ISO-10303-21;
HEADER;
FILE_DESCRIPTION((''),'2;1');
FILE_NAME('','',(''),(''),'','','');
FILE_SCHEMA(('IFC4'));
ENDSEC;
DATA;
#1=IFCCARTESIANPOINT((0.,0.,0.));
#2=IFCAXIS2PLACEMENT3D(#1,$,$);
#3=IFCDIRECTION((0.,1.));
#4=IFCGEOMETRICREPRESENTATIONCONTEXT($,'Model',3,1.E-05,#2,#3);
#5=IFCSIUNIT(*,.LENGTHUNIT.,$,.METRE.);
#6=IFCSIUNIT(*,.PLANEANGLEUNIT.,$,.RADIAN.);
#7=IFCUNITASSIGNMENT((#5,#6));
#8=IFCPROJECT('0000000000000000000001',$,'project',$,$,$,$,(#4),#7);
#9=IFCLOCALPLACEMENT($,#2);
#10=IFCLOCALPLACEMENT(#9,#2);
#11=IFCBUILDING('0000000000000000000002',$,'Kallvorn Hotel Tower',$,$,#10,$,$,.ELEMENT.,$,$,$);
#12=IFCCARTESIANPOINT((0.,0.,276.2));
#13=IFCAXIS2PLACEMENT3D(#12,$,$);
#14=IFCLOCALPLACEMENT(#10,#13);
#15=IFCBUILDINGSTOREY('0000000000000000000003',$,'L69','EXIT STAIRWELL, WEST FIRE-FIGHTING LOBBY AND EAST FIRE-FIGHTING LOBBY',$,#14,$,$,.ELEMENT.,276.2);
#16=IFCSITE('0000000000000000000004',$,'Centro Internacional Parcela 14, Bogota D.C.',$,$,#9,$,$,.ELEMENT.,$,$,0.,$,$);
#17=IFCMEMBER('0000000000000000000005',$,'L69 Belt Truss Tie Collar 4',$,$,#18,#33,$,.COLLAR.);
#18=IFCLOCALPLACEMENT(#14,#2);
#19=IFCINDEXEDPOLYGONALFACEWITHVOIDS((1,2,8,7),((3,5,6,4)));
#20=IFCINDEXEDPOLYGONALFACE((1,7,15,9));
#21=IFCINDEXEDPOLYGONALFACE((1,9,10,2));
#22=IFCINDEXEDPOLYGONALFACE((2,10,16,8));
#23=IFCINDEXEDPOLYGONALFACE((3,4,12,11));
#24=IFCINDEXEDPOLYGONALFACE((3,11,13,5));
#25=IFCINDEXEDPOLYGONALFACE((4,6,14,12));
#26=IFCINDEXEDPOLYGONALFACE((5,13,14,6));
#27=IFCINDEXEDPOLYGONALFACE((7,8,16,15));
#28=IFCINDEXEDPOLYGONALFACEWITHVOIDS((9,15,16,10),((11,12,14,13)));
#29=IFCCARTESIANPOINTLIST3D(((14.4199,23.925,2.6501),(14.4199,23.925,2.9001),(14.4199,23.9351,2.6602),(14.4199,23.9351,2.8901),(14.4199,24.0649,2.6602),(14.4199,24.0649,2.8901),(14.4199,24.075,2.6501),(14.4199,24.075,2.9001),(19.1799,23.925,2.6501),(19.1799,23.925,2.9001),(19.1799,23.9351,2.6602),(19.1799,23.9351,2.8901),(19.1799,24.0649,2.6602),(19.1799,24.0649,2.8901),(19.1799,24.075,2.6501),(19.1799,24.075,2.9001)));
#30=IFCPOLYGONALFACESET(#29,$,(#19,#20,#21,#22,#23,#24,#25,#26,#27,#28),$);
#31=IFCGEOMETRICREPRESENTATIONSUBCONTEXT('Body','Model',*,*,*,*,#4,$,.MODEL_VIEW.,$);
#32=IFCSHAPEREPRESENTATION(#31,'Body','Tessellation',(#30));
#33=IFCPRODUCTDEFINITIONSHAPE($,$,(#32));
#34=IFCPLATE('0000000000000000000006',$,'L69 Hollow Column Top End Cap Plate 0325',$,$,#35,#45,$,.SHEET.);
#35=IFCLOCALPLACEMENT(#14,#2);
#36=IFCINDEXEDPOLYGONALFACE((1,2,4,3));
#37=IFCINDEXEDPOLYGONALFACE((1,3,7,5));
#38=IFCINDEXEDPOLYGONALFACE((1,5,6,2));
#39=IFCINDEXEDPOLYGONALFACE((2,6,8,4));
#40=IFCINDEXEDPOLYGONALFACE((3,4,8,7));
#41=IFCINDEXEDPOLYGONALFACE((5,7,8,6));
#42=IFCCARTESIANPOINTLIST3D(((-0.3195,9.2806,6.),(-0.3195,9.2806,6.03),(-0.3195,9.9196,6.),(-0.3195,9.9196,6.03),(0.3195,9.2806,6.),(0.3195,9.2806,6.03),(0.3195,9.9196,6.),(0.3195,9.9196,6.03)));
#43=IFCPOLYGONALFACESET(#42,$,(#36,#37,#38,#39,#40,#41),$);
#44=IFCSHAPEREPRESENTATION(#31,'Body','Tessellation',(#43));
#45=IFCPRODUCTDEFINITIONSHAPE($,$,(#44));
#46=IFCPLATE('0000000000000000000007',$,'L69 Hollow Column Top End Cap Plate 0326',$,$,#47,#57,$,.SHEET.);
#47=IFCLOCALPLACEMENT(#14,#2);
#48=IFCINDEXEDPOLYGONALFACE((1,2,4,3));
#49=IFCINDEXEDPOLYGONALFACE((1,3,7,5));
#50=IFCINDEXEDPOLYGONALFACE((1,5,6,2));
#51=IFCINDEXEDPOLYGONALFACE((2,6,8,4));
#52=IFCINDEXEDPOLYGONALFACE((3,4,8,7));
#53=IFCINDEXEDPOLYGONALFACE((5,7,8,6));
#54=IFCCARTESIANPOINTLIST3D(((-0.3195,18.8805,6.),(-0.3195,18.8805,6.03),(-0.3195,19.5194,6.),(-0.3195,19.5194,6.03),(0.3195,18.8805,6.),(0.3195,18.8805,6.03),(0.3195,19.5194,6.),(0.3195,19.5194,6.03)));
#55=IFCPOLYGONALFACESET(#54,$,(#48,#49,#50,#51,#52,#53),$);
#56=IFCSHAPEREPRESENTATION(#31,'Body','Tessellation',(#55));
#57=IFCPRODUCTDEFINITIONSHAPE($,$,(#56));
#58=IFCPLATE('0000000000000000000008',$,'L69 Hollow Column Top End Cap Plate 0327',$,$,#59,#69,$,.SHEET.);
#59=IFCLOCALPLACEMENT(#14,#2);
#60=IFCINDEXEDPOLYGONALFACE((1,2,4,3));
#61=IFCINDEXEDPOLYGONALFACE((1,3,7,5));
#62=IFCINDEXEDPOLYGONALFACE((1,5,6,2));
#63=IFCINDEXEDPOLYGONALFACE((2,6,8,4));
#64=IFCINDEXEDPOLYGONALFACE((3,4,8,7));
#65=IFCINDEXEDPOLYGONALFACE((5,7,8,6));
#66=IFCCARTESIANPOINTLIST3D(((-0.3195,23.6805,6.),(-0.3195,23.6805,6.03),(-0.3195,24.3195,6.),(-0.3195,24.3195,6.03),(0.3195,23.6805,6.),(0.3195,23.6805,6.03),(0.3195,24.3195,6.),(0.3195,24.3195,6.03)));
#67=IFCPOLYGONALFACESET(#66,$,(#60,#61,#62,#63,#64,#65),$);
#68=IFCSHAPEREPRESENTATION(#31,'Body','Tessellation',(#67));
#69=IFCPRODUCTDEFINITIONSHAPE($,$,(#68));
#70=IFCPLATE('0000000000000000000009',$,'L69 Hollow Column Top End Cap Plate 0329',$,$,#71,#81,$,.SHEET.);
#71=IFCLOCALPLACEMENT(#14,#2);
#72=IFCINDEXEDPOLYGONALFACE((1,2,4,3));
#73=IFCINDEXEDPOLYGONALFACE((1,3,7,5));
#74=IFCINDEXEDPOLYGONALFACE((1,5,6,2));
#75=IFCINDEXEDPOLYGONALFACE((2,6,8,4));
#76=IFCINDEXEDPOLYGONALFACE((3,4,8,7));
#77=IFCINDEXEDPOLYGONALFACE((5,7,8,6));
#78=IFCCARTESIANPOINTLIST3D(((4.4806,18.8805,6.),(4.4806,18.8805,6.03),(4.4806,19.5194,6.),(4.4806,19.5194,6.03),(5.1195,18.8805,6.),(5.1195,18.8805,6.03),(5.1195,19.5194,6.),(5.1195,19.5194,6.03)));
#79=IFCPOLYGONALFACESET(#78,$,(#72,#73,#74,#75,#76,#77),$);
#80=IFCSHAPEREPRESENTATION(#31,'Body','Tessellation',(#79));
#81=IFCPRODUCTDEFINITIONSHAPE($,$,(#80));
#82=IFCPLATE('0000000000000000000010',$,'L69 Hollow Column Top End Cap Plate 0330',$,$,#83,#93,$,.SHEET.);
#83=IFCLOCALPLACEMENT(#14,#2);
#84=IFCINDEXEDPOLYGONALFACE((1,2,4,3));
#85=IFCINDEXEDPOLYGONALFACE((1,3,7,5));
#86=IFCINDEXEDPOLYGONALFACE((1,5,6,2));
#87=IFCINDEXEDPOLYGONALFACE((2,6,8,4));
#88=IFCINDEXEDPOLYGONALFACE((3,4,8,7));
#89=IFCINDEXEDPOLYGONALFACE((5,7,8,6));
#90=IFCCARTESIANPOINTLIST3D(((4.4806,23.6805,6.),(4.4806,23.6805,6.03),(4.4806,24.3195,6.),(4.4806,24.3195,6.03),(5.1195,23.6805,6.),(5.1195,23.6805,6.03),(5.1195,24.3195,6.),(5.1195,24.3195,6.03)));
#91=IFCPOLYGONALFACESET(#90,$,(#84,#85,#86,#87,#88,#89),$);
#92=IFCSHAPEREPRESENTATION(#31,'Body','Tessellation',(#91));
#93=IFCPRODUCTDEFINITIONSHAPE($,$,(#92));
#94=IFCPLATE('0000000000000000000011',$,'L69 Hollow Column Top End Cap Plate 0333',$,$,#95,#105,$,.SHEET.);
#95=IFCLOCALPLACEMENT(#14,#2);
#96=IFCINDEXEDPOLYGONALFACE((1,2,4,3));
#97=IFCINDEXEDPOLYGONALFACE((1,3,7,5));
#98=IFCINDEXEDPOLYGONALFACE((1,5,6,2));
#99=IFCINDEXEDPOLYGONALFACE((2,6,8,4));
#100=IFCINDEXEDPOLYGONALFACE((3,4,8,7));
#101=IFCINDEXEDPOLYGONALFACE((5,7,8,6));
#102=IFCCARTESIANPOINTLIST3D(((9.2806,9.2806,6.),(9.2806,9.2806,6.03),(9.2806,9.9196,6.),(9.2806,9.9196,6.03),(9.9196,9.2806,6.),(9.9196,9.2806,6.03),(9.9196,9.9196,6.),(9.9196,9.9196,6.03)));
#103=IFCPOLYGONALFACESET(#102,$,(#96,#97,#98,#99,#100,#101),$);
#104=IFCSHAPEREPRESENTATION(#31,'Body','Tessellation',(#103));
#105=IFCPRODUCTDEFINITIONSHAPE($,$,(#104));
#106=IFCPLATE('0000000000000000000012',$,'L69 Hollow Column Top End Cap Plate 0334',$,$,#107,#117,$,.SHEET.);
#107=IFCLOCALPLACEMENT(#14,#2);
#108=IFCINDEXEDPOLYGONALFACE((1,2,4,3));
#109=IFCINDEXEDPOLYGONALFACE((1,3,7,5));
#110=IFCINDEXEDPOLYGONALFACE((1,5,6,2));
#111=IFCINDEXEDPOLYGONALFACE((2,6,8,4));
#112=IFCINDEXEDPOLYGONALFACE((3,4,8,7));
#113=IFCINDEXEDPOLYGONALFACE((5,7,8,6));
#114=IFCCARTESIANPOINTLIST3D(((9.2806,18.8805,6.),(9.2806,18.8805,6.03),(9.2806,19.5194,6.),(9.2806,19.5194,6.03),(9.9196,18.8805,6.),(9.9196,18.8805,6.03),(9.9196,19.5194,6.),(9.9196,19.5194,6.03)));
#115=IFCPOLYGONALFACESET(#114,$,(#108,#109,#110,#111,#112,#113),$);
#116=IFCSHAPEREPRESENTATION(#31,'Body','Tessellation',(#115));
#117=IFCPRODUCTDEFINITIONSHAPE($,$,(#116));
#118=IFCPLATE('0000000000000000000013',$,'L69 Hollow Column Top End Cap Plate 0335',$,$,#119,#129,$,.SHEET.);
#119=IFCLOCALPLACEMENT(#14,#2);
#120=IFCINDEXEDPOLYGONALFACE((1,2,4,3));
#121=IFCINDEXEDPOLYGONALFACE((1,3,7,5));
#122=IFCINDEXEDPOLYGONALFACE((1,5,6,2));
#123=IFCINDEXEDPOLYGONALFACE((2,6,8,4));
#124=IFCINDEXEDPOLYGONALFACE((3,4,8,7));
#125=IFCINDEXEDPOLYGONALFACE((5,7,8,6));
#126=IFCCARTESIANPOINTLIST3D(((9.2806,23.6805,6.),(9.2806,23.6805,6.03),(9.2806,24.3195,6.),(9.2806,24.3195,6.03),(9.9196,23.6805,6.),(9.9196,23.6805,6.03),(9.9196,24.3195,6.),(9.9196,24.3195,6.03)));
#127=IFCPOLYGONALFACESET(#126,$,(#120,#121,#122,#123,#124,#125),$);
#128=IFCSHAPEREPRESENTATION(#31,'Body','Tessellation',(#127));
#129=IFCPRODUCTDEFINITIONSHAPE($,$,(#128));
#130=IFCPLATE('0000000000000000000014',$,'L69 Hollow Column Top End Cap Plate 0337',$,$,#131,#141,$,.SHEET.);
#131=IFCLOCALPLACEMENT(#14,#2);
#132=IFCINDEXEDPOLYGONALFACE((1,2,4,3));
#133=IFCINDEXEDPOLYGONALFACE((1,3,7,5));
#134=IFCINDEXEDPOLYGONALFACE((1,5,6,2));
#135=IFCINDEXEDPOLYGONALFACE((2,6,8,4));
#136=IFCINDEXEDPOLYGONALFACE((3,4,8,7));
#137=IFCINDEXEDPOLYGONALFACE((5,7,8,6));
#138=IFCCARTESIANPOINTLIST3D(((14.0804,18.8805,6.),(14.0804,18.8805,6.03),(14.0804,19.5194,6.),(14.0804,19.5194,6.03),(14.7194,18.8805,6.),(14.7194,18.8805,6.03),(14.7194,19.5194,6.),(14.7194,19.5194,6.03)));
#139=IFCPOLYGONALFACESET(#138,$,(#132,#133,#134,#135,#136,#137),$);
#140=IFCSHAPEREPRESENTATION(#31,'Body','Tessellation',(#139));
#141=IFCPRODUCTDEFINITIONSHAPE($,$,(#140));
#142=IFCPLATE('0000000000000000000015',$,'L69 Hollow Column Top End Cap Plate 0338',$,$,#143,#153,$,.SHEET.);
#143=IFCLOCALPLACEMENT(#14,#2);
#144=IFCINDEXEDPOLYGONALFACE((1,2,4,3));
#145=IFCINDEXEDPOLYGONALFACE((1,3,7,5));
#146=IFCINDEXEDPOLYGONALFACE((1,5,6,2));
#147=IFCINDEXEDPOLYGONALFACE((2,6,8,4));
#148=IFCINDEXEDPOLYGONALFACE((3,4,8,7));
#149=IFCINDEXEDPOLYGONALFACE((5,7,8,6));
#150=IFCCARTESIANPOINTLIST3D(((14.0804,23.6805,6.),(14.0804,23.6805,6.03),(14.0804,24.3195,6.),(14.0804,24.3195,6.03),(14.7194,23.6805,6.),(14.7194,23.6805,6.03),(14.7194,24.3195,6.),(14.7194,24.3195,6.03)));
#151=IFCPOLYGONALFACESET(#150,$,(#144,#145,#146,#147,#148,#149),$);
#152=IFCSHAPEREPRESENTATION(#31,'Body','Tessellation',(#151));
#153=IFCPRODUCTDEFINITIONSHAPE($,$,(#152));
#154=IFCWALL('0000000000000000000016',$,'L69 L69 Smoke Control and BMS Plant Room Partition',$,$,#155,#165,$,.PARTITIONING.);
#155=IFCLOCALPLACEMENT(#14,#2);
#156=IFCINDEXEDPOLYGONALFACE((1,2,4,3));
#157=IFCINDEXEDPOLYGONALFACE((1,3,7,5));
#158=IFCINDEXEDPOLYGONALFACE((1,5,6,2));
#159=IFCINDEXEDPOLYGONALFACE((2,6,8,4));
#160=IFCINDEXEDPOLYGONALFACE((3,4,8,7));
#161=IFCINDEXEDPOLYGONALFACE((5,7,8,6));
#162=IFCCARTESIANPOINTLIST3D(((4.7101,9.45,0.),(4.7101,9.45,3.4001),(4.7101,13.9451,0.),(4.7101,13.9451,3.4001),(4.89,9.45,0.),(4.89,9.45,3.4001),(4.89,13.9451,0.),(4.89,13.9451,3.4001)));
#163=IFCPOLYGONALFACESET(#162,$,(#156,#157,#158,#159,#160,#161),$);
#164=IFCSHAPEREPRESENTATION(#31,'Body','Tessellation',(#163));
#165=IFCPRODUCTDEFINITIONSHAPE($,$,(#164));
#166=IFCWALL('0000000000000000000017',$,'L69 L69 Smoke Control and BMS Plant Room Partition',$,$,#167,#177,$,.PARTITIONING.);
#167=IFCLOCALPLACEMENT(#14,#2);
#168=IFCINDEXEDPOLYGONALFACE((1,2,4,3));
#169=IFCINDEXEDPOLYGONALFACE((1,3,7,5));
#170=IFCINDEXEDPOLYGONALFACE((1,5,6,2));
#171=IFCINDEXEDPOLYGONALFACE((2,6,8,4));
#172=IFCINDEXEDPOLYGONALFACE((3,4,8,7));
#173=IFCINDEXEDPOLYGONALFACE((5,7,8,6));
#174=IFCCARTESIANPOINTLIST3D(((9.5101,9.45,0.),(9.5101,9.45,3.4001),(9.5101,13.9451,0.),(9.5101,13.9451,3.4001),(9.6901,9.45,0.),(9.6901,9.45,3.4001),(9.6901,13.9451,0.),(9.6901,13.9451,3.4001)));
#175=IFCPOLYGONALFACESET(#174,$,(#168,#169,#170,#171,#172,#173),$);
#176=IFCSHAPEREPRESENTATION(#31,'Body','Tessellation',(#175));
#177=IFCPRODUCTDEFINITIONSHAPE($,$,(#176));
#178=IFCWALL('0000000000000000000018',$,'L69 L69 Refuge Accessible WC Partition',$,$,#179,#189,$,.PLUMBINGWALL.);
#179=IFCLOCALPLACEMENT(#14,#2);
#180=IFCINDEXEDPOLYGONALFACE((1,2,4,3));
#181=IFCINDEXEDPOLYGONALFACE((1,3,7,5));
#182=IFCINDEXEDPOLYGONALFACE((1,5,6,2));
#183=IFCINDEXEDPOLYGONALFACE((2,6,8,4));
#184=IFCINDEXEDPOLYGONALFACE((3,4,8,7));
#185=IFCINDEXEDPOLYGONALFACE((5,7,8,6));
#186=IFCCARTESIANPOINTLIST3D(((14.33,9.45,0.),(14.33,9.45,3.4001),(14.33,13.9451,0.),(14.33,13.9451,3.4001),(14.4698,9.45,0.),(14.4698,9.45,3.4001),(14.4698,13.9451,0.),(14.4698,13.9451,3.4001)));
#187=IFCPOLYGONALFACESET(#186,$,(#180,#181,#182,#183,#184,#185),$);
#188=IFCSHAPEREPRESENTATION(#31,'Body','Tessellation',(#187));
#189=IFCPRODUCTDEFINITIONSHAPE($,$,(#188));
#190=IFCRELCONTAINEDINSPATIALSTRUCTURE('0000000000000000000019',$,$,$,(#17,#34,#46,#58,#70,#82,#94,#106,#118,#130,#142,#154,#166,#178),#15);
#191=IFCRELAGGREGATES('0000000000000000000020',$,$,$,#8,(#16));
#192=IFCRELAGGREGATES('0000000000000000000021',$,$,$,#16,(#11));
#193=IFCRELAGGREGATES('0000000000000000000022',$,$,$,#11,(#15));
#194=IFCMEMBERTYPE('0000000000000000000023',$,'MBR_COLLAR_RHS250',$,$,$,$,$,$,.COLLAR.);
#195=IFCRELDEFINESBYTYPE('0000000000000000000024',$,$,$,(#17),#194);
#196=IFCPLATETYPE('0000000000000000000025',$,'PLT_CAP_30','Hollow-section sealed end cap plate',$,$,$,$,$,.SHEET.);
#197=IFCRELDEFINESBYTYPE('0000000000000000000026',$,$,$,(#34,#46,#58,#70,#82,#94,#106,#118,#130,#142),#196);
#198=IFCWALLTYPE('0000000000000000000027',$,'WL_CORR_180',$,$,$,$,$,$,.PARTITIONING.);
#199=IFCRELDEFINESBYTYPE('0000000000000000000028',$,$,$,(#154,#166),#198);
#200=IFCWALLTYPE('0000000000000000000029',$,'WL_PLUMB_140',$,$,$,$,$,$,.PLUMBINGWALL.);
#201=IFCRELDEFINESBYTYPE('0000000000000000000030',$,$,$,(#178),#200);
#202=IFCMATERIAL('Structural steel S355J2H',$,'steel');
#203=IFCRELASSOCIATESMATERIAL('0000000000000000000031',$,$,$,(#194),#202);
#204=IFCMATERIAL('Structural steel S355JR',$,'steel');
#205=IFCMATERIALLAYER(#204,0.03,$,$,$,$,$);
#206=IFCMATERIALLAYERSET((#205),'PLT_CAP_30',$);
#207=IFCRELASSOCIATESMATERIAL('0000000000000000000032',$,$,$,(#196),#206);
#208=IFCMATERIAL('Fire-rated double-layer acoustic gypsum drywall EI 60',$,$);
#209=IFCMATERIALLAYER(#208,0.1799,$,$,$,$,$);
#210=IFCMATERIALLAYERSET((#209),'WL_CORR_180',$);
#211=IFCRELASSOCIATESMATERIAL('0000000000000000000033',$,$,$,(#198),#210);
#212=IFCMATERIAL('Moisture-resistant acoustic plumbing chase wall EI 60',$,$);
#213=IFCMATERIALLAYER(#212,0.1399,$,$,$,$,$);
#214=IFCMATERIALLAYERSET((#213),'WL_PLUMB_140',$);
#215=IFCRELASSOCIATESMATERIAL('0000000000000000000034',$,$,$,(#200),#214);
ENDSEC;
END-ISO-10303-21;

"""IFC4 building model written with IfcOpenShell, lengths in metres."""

from ifc_helpers import new_model, si_unit, direction, frame, frame_2d, origin, origin_2d, place, context, subcontext, project, spatial, rectangle, hollow_rectangle, extrude, material, layer, layer_set, material_profile, profile_set, type_object, element, save


model = new_model("IFC4")

# Units and contexts
model_context = context("Model", 3, precision=1e-05, world=origin(), true_north=direction((0.0, 1.0)))
body_context = subcontext(model_context, "Body", "Model", "MODEL_VIEW")
ifc_project = project(units=[si_unit("LENGTHUNIT", "METRE"), si_unit("PLANEANGLEUNIT", "RADIAN")], contexts=[model_context])

# Site, building, storey
site_placement = place(None, origin())
site = spatial("IfcSite", under=ifc_project, at=site_placement, Name="Centro Internacional Parcela 14, Bogota D.C.", CompositionType="ELEMENT", RefElevation=0.0)
building_placement = place(site_placement, origin())
building = spatial("IfcBuilding", under=site, at=building_placement, Name="Kallvorn Hotel Tower", CompositionType="ELEMENT")
storey_placement = place(building_placement, frame((0.0, 0.0, 276.2)))
storey = spatial("IfcBuildingStorey", under=building, at=storey_placement, Name="L69", Description="EXIT STAIRWELL, WEST FIRE-FIGHTING LOBBY AND EAST FIRE-FIGHTING LOBBY", CompositionType="ELEMENT", Elevation=276.2)

# Member
ifc_material_1 = material(Name="Structural steel S355J2H", Category="steel")
ifc_material_profile_1 = material_profile(ifc_material_1, hollow_rectangle(XDim=0.1499, YDim=0.25, WallThickness=0.01, at=origin_2d()), Name="RHS 250x150x10")
ifc_profile_set_1 = profile_set([ifc_material_profile_1], Name="Structural steel S355J2H")
member_type_1 = type_object("IfcMemberType", Name="MBR_COLLAR_RHS250", PredefinedType="COLLAR", material=ifc_profile_set_1)
member_1_placement = place(storey_placement, frame((14.4199, 24.0, 2.7751), z_axis=(1.0, 0.0, 0.0), x_axis=(0.0, 1.0, 0.0)))
element("IfcMember", 1, at=member_1_placement, inside=storey, type_object=member_type_1, Name="L69 Belt Truss Tie Collar 4", PredefinedType="COLLAR", context=body_context, shape_type="SweptSolid", body=[
    extrude(hollow_rectangle(XDim=0.1499, YDim=0.25, WallThickness=0.01, at=origin_2d()), origin(), (0.0, 0.0, 1.0), 4.76),
])

# Plates
ifc_material_2 = material(Name="Structural steel S355JR", Category="steel")
ifc_layer_1 = layer(ifc_material_2, 0.03)
ifc_layer_set_1 = layer_set([ifc_layer_1], Name="PLT_CAP_30")
plate_type = type_object("IfcPlateType", Name="PLT_CAP_30", Description="Hollow-section sealed end cap plate", PredefinedType="SHEET", material=ifc_layer_set_1)
for number, where, z_axis, x_axis, name in (
    (2, (0.0, 9.6001, 6.0), (0.0, 0.0, 1.0), (1.0, 0.0, 0.0), "L69 Hollow Column Top End Cap Plate 0325"),
    (3, (0.0, 19.2, 6.0), (0.0, 0.0, 1.0), (1.0, 0.0, 0.0), "L69 Hollow Column Top End Cap Plate 0326"),
    (4, (0.0, 24.0, 6.0), (0.0, 0.0, 1.0), (1.0, 0.0, 0.0), "L69 Hollow Column Top End Cap Plate 0327"),
    (5, (4.8, 19.2, 6.0), (0.0, 0.0, 1.0), (1.0, 0.0, 0.0), "L69 Hollow Column Top End Cap Plate 0329"),
    (6, (4.8, 24.0, 6.0), (0.0, 0.0, 1.0), (1.0, 0.0, 0.0), "L69 Hollow Column Top End Cap Plate 0330"),
    (7, (9.6001, 9.6001, 6.0), (0.0, 0.0, 1.0), (1.0, 0.0, 0.0), "L69 Hollow Column Top End Cap Plate 0333"),
    (8, (9.6001, 19.2, 6.0), (0.0, 0.0, 1.0), (1.0, 0.0, 0.0), "L69 Hollow Column Top End Cap Plate 0334"),
    (9, (9.6001, 24.0, 6.0), (0.0, 0.0, 1.0), (1.0, 0.0, 0.0), "L69 Hollow Column Top End Cap Plate 0335"),
    (10, (14.3999, 19.2, 6.0), (0.0, 0.0, 1.0), (1.0, 0.0, 0.0), "L69 Hollow Column Top End Cap Plate 0337"),
    (11, (14.3999, 24.0, 6.0), (0.0, 0.0, 1.0), (1.0, 0.0, 0.0), "L69 Hollow Column Top End Cap Plate 0338"),
):
    element("IfcPlate", number, at=place(storey_placement, frame(where, z_axis=z_axis, x_axis=x_axis)), inside=storey, type_object=plate_type, Name=name, PredefinedType="SHEET", context=body_context, shape_type="SweptSolid", body=[
        extrude(rectangle(XDim=0.6389, YDim=0.6389, at=origin_2d()), origin(), (0.0, 0.0, 1.0), 0.03),
    ])

# Walls
ifc_material_3 = material(Name="Fire-rated double-layer acoustic gypsum drywall EI 60")
ifc_layer_2 = layer(ifc_material_3, 0.1799)
ifc_layer_set_2 = layer_set([ifc_layer_2], Name="WL_CORR_180")
wall_type_1 = type_object("IfcWallType", Name="WL_CORR_180", PredefinedType="PARTITIONING", material=ifc_layer_set_2)
for number, where, z_axis, x_axis, name in (
    (12, (4.8, 9.45, 0.0), (0.0, 0.0, 1.0), (0.0, 1.0, 0.0), "L69 L69 Smoke Control and BMS Plant Room Partition"),
    (13, (9.6001, 9.45, 0.0), (0.0, 0.0, 1.0), (0.0, 1.0, 0.0), "L69 L69 Smoke Control and BMS Plant Room Partition"),
):
    element("IfcWall", number, at=place(storey_placement, frame(where, z_axis=z_axis, x_axis=x_axis)), inside=storey, type_object=wall_type_1, Name=name, PredefinedType="PARTITIONING", context=body_context, shape_type="SweptSolid", body=[
        extrude(rectangle(XDim=4.4951, YDim=0.1799, at=frame_2d((2.2476, 0.0))), origin(), (0.0, 0.0, 1.0), 3.4001),
    ])
ifc_material_4 = material(Name="Moisture-resistant acoustic plumbing chase wall EI 60")
ifc_layer_3 = layer(ifc_material_4, 0.1399)
ifc_layer_set_3 = layer_set([ifc_layer_3], Name="WL_PLUMB_140")
wall_type_2 = type_object("IfcWallType", Name="WL_PLUMB_140", PredefinedType="PLUMBINGWALL", material=ifc_layer_set_3)
wall_placement = place(storey_placement, frame((14.3999, 9.45, 0.0), z_axis=(0.0, 0.0, 1.0), x_axis=(0.0, 1.0, 0.0)))
element("IfcWall", 14, at=wall_placement, inside=storey, type_object=wall_type_2, Name="L69 L69 Refuge Accessible WC Partition", PredefinedType="PLUMBINGWALL", context=body_context, shape_type="SweptSolid", body=[
    extrude(rectangle(XDim=4.4951, YDim=0.1399, at=frame_2d((2.2476, 0.0))), origin(), (0.0, 0.0, 1.0), 3.4001),
])

save(model, "model.ifc")
